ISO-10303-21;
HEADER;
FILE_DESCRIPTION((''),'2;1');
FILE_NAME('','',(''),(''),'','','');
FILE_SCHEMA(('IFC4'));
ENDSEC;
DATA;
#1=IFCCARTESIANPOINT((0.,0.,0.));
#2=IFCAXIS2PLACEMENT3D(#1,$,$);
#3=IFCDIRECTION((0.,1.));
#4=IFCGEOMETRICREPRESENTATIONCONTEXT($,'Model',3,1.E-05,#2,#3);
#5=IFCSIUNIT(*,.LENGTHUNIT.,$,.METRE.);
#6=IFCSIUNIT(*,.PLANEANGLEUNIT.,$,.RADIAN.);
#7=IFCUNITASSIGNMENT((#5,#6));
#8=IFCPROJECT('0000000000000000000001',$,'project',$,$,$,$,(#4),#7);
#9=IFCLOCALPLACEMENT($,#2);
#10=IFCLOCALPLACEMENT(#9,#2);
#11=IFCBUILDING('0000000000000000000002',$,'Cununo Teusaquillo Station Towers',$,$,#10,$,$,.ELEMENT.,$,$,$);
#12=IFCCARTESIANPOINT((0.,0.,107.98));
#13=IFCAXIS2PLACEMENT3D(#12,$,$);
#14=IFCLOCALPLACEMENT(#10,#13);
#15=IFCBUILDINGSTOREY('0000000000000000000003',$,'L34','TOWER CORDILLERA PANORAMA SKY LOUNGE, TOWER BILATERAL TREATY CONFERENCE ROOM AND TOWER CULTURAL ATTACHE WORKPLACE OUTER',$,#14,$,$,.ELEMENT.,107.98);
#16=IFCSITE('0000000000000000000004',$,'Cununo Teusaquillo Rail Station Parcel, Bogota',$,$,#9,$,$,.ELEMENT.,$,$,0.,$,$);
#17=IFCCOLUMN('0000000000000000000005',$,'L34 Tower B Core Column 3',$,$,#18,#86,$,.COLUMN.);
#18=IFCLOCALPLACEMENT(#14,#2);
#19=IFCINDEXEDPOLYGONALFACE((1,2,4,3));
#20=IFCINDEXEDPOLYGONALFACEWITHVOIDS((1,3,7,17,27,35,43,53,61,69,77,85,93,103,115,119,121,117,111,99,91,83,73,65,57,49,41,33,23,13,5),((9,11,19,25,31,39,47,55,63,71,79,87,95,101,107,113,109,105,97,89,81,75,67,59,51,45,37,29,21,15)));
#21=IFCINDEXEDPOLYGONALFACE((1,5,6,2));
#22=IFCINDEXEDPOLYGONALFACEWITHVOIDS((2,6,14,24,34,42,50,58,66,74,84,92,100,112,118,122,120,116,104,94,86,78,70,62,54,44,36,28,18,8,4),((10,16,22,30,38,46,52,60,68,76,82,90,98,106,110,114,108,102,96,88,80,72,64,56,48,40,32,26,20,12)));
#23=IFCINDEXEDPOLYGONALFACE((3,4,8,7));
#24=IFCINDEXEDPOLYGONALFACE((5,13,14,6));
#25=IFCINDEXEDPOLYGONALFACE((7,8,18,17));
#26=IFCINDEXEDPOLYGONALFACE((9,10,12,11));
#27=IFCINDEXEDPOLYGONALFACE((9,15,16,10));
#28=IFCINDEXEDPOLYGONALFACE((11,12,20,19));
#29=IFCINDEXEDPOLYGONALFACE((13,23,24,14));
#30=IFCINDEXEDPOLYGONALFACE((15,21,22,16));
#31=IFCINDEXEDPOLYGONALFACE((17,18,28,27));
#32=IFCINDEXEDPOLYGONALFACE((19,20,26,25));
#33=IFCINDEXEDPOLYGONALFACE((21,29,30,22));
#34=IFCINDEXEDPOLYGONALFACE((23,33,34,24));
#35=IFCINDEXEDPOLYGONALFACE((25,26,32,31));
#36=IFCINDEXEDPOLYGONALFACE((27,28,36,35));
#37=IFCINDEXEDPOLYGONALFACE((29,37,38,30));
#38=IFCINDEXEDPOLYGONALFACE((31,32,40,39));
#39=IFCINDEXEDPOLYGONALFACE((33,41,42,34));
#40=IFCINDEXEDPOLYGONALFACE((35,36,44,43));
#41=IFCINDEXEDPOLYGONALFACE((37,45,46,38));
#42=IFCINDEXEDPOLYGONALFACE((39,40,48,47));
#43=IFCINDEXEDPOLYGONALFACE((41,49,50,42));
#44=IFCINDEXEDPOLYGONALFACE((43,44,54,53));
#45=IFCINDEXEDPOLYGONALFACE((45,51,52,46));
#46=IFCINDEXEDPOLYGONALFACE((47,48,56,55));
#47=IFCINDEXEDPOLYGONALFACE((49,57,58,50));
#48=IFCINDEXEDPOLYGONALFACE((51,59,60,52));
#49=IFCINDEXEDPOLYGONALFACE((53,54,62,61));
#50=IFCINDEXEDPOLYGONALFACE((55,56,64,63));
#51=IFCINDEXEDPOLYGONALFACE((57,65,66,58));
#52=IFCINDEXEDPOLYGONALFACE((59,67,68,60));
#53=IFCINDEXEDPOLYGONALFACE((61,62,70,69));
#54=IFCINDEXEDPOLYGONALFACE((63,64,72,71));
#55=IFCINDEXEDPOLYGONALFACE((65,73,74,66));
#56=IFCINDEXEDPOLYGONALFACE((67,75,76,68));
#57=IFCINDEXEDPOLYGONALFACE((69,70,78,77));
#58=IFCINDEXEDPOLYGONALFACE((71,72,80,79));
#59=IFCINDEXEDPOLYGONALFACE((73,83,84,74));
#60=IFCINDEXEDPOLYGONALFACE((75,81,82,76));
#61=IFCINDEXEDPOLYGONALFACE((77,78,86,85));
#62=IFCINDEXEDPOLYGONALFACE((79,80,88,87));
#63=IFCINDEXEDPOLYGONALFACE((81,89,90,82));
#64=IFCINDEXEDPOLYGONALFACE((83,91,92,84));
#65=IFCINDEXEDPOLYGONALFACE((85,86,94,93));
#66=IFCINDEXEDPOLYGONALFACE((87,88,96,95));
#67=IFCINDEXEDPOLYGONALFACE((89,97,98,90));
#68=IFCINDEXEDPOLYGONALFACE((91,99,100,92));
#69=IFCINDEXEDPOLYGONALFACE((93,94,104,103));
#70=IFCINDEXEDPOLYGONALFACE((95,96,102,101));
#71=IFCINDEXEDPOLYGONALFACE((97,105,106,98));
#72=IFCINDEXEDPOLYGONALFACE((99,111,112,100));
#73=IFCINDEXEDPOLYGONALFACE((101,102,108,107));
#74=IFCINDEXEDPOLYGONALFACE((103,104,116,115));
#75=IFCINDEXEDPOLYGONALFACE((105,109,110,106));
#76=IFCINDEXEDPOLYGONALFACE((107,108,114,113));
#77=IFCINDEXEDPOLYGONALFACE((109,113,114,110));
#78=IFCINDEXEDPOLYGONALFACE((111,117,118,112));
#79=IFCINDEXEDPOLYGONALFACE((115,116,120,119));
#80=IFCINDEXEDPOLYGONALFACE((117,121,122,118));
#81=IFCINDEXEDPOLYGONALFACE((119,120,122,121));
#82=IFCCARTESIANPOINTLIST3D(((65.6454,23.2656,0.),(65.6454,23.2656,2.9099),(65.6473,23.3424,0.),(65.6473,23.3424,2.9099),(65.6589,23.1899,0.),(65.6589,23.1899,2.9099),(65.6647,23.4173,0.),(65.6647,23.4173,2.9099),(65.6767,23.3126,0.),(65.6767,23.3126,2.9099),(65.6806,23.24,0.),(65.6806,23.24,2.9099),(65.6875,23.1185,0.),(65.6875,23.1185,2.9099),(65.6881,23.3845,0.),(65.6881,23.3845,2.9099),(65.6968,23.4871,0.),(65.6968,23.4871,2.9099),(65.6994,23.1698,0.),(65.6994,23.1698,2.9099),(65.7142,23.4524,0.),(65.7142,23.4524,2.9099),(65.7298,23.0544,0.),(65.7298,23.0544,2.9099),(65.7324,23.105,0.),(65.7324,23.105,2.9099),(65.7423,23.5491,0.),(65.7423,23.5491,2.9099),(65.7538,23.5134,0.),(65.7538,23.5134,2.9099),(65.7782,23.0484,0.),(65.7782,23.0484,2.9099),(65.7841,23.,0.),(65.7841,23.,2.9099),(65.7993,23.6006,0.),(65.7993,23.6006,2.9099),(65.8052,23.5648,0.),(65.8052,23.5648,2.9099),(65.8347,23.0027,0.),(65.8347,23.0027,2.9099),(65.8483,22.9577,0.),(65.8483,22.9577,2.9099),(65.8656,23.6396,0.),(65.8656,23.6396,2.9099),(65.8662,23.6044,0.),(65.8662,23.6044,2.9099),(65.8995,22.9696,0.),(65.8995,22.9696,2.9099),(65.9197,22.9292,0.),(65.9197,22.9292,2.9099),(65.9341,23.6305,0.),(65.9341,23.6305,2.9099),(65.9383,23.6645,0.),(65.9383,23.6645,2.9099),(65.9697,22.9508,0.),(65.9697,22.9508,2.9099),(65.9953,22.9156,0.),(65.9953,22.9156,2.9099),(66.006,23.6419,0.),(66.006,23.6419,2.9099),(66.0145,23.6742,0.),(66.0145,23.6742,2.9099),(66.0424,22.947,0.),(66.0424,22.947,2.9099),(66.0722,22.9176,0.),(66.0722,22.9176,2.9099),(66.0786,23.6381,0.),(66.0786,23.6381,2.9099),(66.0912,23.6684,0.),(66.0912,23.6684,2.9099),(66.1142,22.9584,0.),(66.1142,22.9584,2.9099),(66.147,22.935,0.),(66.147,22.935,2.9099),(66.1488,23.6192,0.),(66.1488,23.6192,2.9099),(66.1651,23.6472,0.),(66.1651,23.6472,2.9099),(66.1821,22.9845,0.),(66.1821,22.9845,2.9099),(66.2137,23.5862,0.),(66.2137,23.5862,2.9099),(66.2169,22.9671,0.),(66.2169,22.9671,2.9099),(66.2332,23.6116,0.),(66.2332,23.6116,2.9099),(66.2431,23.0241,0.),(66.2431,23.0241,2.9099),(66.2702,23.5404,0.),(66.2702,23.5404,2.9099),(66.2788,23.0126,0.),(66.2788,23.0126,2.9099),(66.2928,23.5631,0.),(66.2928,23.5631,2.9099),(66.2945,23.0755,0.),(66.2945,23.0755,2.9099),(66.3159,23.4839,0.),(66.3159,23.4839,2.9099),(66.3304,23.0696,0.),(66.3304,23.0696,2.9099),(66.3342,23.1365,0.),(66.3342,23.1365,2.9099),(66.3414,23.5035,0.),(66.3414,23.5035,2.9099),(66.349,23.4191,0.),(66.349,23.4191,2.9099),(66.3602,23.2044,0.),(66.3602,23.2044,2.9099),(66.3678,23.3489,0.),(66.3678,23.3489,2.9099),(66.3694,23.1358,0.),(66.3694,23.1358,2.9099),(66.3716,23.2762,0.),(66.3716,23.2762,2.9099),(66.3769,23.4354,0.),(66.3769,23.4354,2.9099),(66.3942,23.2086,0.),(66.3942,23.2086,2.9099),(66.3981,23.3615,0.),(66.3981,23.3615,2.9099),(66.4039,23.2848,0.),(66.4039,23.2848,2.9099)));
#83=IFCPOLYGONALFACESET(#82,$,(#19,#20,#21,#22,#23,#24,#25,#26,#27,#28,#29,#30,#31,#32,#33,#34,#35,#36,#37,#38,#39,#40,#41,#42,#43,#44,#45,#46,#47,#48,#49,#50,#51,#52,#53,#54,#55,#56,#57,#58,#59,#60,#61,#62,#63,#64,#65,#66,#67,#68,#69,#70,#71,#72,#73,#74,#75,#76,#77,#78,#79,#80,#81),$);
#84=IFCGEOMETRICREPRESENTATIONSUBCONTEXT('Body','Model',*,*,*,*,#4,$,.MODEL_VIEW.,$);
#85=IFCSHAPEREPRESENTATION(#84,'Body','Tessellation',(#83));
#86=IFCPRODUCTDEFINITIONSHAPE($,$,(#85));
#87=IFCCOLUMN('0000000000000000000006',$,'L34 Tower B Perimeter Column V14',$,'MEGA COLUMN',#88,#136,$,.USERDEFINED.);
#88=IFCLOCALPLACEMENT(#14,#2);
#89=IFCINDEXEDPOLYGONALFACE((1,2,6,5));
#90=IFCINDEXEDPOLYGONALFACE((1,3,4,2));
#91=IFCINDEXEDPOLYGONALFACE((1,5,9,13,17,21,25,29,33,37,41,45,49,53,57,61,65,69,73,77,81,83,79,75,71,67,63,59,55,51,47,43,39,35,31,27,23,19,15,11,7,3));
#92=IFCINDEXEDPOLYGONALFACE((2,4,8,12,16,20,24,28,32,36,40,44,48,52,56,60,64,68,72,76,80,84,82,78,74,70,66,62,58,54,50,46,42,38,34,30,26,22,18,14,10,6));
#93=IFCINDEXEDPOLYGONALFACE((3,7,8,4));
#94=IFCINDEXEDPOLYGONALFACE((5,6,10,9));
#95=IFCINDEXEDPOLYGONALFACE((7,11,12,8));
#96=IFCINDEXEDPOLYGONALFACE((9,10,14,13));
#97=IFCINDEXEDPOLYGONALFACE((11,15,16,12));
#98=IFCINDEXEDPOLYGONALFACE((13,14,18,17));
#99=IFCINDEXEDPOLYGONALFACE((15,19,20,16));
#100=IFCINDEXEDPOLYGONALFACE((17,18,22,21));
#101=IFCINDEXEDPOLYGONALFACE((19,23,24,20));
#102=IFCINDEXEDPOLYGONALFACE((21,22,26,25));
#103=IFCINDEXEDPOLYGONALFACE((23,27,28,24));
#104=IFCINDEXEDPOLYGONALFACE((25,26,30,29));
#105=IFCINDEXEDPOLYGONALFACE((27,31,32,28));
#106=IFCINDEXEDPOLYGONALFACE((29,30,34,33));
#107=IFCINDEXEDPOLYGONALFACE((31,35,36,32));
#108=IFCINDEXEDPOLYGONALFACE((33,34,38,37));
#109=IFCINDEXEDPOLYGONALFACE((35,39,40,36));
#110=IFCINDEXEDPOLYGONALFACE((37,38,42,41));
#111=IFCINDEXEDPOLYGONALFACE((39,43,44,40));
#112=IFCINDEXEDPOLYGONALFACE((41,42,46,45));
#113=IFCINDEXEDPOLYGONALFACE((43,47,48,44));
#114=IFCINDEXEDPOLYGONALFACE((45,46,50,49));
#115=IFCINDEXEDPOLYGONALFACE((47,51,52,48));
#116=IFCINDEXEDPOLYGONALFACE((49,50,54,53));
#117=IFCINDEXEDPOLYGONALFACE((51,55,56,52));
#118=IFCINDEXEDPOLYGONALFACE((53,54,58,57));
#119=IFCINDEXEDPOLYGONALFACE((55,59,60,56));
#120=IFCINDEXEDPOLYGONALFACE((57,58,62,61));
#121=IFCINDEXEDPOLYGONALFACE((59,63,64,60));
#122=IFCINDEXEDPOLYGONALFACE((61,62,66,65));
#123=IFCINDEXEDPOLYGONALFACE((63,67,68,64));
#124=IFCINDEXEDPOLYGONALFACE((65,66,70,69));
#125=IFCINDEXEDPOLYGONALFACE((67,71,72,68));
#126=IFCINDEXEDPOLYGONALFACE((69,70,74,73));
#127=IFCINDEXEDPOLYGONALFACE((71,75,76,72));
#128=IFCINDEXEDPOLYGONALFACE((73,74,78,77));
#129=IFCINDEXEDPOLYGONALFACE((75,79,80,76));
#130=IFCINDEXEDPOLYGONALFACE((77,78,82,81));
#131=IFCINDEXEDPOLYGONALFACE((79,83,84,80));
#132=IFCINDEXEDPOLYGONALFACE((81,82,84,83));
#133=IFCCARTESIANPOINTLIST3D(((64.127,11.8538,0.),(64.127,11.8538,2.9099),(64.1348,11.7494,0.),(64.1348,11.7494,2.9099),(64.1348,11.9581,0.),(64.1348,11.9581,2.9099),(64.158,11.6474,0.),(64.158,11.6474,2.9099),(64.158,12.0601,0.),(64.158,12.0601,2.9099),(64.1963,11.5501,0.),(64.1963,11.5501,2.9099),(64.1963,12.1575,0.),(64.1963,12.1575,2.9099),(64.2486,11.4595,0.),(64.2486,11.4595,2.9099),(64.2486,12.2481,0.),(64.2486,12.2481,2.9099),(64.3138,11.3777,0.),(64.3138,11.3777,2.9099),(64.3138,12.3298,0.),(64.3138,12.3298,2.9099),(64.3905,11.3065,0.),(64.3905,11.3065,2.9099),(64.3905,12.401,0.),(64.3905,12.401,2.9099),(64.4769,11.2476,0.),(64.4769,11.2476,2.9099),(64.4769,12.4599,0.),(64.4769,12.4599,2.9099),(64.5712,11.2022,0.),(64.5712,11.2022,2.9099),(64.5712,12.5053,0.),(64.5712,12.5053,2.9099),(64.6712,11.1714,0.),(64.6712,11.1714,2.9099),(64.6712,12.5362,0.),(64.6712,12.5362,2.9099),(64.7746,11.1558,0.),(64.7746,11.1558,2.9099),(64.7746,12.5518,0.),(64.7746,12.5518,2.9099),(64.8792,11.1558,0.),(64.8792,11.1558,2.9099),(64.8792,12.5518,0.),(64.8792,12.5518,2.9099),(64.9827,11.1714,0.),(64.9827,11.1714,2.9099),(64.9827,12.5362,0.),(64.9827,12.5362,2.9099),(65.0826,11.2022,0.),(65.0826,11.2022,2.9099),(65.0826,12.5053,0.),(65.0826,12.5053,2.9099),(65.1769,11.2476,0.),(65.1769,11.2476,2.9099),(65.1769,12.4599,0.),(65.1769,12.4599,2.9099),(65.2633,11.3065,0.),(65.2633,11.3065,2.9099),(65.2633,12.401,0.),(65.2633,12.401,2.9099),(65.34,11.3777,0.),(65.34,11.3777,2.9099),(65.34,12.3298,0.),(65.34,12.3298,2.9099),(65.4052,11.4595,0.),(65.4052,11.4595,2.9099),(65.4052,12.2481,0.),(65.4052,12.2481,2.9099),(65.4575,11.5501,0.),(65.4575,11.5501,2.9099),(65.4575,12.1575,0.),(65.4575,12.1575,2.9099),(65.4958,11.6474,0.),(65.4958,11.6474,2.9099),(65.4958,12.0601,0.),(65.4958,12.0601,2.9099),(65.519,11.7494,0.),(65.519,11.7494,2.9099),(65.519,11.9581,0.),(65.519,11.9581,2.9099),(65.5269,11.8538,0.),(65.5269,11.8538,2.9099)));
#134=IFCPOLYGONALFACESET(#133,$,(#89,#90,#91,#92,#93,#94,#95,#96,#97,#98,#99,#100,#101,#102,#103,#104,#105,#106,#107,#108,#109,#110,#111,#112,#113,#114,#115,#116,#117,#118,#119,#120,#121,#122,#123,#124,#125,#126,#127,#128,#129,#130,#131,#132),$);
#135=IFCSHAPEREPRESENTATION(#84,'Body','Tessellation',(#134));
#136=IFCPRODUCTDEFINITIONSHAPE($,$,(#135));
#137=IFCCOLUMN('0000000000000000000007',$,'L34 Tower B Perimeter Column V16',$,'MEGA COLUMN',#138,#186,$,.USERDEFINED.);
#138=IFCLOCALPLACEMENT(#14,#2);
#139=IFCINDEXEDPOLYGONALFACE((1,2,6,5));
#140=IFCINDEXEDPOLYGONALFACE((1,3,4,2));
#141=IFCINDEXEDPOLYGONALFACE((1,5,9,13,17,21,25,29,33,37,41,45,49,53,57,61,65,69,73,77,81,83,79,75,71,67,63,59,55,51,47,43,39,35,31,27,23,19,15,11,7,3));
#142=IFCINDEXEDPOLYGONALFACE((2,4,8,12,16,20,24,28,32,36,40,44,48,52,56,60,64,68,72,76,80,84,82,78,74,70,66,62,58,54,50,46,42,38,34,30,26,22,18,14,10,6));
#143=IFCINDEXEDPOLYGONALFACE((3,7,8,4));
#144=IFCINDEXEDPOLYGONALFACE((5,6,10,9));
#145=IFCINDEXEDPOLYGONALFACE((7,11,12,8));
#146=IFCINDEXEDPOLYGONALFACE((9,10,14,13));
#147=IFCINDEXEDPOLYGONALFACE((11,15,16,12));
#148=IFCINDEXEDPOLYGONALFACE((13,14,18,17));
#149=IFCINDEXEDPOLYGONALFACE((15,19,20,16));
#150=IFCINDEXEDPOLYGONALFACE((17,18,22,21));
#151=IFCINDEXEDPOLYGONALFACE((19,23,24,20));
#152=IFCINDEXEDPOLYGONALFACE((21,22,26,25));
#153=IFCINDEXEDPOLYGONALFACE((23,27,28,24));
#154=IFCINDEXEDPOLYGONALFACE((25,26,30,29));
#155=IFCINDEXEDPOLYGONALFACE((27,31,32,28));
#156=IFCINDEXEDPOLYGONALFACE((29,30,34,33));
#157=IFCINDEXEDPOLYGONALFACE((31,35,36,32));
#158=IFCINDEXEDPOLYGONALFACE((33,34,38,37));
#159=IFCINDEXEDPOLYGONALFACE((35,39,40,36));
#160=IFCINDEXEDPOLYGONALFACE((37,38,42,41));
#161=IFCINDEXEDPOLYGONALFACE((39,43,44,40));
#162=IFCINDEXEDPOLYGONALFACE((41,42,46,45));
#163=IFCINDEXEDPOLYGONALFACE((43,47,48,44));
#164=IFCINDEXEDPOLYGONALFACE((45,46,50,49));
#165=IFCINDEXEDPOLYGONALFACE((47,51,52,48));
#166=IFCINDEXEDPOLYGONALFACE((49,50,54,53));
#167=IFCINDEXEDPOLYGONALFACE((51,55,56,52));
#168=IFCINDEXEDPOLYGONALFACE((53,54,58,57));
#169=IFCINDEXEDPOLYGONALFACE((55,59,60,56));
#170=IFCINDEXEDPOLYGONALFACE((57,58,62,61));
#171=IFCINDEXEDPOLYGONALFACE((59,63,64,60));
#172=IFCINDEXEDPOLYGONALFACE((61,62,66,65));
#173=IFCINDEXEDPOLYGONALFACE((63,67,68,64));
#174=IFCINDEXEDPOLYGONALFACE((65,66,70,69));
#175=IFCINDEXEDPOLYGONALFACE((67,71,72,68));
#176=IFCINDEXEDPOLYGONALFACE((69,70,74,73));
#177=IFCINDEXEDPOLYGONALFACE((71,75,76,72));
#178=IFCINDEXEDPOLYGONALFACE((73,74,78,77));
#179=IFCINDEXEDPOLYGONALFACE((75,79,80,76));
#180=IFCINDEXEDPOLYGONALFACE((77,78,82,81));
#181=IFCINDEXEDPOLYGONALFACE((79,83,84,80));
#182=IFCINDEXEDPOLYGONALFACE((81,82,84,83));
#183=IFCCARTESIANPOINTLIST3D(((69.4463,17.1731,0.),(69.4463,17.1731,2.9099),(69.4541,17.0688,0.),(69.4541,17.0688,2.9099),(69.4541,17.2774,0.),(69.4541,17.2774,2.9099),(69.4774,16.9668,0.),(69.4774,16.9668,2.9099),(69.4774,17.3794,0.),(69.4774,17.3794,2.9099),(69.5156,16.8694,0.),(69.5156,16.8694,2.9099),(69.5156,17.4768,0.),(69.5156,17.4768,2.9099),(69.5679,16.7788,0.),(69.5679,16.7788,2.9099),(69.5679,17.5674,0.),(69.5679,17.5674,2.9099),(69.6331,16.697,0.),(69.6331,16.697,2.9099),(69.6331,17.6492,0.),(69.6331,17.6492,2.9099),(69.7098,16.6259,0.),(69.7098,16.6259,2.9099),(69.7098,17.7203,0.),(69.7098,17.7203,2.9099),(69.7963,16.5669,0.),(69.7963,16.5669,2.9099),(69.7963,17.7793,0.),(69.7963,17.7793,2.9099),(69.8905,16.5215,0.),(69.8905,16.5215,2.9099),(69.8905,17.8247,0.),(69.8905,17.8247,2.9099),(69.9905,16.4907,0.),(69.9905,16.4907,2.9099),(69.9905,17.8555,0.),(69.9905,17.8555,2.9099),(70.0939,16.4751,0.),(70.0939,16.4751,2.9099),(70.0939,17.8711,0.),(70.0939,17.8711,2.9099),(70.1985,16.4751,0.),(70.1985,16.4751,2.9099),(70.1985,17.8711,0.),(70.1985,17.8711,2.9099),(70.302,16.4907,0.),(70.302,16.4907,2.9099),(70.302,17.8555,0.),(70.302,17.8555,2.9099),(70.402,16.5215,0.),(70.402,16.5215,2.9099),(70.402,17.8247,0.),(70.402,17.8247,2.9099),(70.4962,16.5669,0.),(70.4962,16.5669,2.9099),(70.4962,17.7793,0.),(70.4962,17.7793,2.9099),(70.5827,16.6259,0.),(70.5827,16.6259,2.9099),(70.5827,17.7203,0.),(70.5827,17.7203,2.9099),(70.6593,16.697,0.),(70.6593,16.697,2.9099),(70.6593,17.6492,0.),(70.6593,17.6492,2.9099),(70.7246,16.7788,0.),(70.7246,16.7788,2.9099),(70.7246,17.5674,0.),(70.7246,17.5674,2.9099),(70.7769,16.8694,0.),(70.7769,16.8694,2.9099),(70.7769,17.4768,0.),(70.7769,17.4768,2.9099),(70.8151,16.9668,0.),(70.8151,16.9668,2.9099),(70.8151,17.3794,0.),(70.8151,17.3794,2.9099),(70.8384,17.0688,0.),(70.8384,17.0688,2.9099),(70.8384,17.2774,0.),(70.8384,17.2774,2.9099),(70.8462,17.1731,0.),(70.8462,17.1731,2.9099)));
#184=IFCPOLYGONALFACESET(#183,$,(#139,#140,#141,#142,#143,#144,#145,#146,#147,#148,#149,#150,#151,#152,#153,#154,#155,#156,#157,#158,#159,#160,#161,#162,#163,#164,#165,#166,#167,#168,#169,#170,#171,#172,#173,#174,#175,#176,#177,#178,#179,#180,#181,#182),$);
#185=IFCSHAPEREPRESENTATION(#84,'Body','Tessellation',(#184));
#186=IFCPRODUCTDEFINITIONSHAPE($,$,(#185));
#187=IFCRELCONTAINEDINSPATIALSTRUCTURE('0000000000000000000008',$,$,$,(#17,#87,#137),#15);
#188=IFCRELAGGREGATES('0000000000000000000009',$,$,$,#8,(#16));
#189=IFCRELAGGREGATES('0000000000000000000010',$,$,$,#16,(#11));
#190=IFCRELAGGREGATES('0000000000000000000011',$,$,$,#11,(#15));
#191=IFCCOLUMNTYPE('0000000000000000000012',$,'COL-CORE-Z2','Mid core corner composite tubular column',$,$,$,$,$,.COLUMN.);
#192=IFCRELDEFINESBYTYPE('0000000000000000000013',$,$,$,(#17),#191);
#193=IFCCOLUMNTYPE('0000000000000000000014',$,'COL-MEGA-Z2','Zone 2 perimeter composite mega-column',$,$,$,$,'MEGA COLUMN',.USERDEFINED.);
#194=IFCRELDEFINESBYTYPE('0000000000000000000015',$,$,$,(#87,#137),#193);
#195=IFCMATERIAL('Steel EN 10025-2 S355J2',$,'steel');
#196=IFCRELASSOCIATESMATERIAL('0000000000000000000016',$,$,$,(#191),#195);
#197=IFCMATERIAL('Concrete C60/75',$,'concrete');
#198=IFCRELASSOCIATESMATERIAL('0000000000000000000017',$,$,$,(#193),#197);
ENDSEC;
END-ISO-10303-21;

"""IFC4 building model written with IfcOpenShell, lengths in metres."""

from ifc_helpers import new_model, si_unit, direction, frame, origin, origin_2d, place, context, subcontext, project, spatial, circle, hollow_circle, extrude, material, material_profile, profile_set, type_object, element, save


model = new_model("IFC4")

# Units and contexts
model_context = context("Model", 3, precision=1e-05, world=origin(), true_north=direction((0.0, 1.0)))
body_context = subcontext(model_context, "Body", "Model", "MODEL_VIEW")
ifc_project = project(units=[si_unit("LENGTHUNIT", "METRE"), si_unit("PLANEANGLEUNIT", "RADIAN")], contexts=[model_context])

# Site, building, storey
site_placement = place(None, origin())
site = spatial("IfcSite", under=ifc_project, at=site_placement, Name="Cununo Teusaquillo Rail Station Parcel, Bogota", CompositionType="ELEMENT", RefElevation=0.0)
building_placement = place(site_placement, origin())
building = spatial("IfcBuilding", under=site, at=building_placement, Name="Cununo Teusaquillo Station Towers", CompositionType="ELEMENT")
storey_placement = place(building_placement, frame((0.0, 0.0, 107.98)))
storey = spatial("IfcBuildingStorey", under=building, at=storey_placement, Name="L34", Description="TOWER CORDILLERA PANORAMA SKY LOUNGE, TOWER BILATERAL TREATY CONFERENCE ROOM AND TOWER CULTURAL ATTACHE WORKPLACE OUTER", CompositionType="ELEMENT", Elevation=107.98)

# Columns
ifc_material_1 = material(Name="Steel EN 10025-2 S355J2", Category="steel")
ifc_material_profile_1 = material_profile(ifc_material_1, hollow_circle(Radius=0.3799, WallThickness=0.032, at=origin_2d()), Name="CHS 760x32")
ifc_profile_set_1 = profile_set([ifc_material_profile_1], Name="Steel EN 10025-2 S355J2")
column_type_1 = type_object("IfcColumnType", Name="COL-CORE-Z2", Description="Mid core corner composite tubular column", PredefinedType="COLUMN", material=ifc_profile_set_1)
column_placement = place(storey_placement, frame((66.0242, 23.2944, 0.0), z_axis=(0.0, 0.0, 1.0), x_axis=(0.707107, 0.707107, 0.0)))
element("IfcColumn", 1, at=column_placement, inside=storey, type_object=column_type_1, Name="L34 Tower B Core Column 3", PredefinedType="COLUMN", context=body_context, shape_type="SweptSolid", body=[
    extrude(hollow_circle(Radius=0.3799, WallThickness=0.032, at=origin_2d()), origin(), (0.0, 0.0, 1.0), 2.9099),
])
ifc_material_2 = material(Name="Concrete C60/75", Category="concrete")
ifc_material_profile_2 = material_profile(ifc_material_2, circle(Radius=0.7, at=origin_2d()), Name="RC-CIRC-1400")
ifc_profile_set_2 = profile_set([ifc_material_profile_2], Name="Concrete C60/75")
column_type_2 = type_object("IfcColumnType", Name="COL-MEGA-Z2", Description="Zone 2 perimeter composite mega-column", ElementType="MEGA COLUMN", PredefinedType="USERDEFINED", material=ifc_profile_set_2)
for number, where, z_axis, x_axis, name in (
    (2, (64.8269, 11.8538, 0.0), (0.0, 0.0, 1.0), (1.0, 0.0, 0.0), "L34 Tower B Perimeter Column V14"),
    (3, (70.1462, 17.1731, 0.0), (0.0, 0.0, 1.0), (1.0, 0.0, 0.0), "L34 Tower B Perimeter Column V16"),
):
    element("IfcColumn", number, at=place(storey_placement, frame(where, z_axis=z_axis, x_axis=x_axis)), inside=storey, type_object=column_type_2, Name=name, ObjectType="MEGA COLUMN", PredefinedType="USERDEFINED", context=body_context, shape_type="SweptSolid", body=[
        extrude(circle(Radius=0.7, at=origin_2d()), origin(), (0.0, 0.0, 1.0), 2.9099),
    ])

save(model, "model.ifc")
